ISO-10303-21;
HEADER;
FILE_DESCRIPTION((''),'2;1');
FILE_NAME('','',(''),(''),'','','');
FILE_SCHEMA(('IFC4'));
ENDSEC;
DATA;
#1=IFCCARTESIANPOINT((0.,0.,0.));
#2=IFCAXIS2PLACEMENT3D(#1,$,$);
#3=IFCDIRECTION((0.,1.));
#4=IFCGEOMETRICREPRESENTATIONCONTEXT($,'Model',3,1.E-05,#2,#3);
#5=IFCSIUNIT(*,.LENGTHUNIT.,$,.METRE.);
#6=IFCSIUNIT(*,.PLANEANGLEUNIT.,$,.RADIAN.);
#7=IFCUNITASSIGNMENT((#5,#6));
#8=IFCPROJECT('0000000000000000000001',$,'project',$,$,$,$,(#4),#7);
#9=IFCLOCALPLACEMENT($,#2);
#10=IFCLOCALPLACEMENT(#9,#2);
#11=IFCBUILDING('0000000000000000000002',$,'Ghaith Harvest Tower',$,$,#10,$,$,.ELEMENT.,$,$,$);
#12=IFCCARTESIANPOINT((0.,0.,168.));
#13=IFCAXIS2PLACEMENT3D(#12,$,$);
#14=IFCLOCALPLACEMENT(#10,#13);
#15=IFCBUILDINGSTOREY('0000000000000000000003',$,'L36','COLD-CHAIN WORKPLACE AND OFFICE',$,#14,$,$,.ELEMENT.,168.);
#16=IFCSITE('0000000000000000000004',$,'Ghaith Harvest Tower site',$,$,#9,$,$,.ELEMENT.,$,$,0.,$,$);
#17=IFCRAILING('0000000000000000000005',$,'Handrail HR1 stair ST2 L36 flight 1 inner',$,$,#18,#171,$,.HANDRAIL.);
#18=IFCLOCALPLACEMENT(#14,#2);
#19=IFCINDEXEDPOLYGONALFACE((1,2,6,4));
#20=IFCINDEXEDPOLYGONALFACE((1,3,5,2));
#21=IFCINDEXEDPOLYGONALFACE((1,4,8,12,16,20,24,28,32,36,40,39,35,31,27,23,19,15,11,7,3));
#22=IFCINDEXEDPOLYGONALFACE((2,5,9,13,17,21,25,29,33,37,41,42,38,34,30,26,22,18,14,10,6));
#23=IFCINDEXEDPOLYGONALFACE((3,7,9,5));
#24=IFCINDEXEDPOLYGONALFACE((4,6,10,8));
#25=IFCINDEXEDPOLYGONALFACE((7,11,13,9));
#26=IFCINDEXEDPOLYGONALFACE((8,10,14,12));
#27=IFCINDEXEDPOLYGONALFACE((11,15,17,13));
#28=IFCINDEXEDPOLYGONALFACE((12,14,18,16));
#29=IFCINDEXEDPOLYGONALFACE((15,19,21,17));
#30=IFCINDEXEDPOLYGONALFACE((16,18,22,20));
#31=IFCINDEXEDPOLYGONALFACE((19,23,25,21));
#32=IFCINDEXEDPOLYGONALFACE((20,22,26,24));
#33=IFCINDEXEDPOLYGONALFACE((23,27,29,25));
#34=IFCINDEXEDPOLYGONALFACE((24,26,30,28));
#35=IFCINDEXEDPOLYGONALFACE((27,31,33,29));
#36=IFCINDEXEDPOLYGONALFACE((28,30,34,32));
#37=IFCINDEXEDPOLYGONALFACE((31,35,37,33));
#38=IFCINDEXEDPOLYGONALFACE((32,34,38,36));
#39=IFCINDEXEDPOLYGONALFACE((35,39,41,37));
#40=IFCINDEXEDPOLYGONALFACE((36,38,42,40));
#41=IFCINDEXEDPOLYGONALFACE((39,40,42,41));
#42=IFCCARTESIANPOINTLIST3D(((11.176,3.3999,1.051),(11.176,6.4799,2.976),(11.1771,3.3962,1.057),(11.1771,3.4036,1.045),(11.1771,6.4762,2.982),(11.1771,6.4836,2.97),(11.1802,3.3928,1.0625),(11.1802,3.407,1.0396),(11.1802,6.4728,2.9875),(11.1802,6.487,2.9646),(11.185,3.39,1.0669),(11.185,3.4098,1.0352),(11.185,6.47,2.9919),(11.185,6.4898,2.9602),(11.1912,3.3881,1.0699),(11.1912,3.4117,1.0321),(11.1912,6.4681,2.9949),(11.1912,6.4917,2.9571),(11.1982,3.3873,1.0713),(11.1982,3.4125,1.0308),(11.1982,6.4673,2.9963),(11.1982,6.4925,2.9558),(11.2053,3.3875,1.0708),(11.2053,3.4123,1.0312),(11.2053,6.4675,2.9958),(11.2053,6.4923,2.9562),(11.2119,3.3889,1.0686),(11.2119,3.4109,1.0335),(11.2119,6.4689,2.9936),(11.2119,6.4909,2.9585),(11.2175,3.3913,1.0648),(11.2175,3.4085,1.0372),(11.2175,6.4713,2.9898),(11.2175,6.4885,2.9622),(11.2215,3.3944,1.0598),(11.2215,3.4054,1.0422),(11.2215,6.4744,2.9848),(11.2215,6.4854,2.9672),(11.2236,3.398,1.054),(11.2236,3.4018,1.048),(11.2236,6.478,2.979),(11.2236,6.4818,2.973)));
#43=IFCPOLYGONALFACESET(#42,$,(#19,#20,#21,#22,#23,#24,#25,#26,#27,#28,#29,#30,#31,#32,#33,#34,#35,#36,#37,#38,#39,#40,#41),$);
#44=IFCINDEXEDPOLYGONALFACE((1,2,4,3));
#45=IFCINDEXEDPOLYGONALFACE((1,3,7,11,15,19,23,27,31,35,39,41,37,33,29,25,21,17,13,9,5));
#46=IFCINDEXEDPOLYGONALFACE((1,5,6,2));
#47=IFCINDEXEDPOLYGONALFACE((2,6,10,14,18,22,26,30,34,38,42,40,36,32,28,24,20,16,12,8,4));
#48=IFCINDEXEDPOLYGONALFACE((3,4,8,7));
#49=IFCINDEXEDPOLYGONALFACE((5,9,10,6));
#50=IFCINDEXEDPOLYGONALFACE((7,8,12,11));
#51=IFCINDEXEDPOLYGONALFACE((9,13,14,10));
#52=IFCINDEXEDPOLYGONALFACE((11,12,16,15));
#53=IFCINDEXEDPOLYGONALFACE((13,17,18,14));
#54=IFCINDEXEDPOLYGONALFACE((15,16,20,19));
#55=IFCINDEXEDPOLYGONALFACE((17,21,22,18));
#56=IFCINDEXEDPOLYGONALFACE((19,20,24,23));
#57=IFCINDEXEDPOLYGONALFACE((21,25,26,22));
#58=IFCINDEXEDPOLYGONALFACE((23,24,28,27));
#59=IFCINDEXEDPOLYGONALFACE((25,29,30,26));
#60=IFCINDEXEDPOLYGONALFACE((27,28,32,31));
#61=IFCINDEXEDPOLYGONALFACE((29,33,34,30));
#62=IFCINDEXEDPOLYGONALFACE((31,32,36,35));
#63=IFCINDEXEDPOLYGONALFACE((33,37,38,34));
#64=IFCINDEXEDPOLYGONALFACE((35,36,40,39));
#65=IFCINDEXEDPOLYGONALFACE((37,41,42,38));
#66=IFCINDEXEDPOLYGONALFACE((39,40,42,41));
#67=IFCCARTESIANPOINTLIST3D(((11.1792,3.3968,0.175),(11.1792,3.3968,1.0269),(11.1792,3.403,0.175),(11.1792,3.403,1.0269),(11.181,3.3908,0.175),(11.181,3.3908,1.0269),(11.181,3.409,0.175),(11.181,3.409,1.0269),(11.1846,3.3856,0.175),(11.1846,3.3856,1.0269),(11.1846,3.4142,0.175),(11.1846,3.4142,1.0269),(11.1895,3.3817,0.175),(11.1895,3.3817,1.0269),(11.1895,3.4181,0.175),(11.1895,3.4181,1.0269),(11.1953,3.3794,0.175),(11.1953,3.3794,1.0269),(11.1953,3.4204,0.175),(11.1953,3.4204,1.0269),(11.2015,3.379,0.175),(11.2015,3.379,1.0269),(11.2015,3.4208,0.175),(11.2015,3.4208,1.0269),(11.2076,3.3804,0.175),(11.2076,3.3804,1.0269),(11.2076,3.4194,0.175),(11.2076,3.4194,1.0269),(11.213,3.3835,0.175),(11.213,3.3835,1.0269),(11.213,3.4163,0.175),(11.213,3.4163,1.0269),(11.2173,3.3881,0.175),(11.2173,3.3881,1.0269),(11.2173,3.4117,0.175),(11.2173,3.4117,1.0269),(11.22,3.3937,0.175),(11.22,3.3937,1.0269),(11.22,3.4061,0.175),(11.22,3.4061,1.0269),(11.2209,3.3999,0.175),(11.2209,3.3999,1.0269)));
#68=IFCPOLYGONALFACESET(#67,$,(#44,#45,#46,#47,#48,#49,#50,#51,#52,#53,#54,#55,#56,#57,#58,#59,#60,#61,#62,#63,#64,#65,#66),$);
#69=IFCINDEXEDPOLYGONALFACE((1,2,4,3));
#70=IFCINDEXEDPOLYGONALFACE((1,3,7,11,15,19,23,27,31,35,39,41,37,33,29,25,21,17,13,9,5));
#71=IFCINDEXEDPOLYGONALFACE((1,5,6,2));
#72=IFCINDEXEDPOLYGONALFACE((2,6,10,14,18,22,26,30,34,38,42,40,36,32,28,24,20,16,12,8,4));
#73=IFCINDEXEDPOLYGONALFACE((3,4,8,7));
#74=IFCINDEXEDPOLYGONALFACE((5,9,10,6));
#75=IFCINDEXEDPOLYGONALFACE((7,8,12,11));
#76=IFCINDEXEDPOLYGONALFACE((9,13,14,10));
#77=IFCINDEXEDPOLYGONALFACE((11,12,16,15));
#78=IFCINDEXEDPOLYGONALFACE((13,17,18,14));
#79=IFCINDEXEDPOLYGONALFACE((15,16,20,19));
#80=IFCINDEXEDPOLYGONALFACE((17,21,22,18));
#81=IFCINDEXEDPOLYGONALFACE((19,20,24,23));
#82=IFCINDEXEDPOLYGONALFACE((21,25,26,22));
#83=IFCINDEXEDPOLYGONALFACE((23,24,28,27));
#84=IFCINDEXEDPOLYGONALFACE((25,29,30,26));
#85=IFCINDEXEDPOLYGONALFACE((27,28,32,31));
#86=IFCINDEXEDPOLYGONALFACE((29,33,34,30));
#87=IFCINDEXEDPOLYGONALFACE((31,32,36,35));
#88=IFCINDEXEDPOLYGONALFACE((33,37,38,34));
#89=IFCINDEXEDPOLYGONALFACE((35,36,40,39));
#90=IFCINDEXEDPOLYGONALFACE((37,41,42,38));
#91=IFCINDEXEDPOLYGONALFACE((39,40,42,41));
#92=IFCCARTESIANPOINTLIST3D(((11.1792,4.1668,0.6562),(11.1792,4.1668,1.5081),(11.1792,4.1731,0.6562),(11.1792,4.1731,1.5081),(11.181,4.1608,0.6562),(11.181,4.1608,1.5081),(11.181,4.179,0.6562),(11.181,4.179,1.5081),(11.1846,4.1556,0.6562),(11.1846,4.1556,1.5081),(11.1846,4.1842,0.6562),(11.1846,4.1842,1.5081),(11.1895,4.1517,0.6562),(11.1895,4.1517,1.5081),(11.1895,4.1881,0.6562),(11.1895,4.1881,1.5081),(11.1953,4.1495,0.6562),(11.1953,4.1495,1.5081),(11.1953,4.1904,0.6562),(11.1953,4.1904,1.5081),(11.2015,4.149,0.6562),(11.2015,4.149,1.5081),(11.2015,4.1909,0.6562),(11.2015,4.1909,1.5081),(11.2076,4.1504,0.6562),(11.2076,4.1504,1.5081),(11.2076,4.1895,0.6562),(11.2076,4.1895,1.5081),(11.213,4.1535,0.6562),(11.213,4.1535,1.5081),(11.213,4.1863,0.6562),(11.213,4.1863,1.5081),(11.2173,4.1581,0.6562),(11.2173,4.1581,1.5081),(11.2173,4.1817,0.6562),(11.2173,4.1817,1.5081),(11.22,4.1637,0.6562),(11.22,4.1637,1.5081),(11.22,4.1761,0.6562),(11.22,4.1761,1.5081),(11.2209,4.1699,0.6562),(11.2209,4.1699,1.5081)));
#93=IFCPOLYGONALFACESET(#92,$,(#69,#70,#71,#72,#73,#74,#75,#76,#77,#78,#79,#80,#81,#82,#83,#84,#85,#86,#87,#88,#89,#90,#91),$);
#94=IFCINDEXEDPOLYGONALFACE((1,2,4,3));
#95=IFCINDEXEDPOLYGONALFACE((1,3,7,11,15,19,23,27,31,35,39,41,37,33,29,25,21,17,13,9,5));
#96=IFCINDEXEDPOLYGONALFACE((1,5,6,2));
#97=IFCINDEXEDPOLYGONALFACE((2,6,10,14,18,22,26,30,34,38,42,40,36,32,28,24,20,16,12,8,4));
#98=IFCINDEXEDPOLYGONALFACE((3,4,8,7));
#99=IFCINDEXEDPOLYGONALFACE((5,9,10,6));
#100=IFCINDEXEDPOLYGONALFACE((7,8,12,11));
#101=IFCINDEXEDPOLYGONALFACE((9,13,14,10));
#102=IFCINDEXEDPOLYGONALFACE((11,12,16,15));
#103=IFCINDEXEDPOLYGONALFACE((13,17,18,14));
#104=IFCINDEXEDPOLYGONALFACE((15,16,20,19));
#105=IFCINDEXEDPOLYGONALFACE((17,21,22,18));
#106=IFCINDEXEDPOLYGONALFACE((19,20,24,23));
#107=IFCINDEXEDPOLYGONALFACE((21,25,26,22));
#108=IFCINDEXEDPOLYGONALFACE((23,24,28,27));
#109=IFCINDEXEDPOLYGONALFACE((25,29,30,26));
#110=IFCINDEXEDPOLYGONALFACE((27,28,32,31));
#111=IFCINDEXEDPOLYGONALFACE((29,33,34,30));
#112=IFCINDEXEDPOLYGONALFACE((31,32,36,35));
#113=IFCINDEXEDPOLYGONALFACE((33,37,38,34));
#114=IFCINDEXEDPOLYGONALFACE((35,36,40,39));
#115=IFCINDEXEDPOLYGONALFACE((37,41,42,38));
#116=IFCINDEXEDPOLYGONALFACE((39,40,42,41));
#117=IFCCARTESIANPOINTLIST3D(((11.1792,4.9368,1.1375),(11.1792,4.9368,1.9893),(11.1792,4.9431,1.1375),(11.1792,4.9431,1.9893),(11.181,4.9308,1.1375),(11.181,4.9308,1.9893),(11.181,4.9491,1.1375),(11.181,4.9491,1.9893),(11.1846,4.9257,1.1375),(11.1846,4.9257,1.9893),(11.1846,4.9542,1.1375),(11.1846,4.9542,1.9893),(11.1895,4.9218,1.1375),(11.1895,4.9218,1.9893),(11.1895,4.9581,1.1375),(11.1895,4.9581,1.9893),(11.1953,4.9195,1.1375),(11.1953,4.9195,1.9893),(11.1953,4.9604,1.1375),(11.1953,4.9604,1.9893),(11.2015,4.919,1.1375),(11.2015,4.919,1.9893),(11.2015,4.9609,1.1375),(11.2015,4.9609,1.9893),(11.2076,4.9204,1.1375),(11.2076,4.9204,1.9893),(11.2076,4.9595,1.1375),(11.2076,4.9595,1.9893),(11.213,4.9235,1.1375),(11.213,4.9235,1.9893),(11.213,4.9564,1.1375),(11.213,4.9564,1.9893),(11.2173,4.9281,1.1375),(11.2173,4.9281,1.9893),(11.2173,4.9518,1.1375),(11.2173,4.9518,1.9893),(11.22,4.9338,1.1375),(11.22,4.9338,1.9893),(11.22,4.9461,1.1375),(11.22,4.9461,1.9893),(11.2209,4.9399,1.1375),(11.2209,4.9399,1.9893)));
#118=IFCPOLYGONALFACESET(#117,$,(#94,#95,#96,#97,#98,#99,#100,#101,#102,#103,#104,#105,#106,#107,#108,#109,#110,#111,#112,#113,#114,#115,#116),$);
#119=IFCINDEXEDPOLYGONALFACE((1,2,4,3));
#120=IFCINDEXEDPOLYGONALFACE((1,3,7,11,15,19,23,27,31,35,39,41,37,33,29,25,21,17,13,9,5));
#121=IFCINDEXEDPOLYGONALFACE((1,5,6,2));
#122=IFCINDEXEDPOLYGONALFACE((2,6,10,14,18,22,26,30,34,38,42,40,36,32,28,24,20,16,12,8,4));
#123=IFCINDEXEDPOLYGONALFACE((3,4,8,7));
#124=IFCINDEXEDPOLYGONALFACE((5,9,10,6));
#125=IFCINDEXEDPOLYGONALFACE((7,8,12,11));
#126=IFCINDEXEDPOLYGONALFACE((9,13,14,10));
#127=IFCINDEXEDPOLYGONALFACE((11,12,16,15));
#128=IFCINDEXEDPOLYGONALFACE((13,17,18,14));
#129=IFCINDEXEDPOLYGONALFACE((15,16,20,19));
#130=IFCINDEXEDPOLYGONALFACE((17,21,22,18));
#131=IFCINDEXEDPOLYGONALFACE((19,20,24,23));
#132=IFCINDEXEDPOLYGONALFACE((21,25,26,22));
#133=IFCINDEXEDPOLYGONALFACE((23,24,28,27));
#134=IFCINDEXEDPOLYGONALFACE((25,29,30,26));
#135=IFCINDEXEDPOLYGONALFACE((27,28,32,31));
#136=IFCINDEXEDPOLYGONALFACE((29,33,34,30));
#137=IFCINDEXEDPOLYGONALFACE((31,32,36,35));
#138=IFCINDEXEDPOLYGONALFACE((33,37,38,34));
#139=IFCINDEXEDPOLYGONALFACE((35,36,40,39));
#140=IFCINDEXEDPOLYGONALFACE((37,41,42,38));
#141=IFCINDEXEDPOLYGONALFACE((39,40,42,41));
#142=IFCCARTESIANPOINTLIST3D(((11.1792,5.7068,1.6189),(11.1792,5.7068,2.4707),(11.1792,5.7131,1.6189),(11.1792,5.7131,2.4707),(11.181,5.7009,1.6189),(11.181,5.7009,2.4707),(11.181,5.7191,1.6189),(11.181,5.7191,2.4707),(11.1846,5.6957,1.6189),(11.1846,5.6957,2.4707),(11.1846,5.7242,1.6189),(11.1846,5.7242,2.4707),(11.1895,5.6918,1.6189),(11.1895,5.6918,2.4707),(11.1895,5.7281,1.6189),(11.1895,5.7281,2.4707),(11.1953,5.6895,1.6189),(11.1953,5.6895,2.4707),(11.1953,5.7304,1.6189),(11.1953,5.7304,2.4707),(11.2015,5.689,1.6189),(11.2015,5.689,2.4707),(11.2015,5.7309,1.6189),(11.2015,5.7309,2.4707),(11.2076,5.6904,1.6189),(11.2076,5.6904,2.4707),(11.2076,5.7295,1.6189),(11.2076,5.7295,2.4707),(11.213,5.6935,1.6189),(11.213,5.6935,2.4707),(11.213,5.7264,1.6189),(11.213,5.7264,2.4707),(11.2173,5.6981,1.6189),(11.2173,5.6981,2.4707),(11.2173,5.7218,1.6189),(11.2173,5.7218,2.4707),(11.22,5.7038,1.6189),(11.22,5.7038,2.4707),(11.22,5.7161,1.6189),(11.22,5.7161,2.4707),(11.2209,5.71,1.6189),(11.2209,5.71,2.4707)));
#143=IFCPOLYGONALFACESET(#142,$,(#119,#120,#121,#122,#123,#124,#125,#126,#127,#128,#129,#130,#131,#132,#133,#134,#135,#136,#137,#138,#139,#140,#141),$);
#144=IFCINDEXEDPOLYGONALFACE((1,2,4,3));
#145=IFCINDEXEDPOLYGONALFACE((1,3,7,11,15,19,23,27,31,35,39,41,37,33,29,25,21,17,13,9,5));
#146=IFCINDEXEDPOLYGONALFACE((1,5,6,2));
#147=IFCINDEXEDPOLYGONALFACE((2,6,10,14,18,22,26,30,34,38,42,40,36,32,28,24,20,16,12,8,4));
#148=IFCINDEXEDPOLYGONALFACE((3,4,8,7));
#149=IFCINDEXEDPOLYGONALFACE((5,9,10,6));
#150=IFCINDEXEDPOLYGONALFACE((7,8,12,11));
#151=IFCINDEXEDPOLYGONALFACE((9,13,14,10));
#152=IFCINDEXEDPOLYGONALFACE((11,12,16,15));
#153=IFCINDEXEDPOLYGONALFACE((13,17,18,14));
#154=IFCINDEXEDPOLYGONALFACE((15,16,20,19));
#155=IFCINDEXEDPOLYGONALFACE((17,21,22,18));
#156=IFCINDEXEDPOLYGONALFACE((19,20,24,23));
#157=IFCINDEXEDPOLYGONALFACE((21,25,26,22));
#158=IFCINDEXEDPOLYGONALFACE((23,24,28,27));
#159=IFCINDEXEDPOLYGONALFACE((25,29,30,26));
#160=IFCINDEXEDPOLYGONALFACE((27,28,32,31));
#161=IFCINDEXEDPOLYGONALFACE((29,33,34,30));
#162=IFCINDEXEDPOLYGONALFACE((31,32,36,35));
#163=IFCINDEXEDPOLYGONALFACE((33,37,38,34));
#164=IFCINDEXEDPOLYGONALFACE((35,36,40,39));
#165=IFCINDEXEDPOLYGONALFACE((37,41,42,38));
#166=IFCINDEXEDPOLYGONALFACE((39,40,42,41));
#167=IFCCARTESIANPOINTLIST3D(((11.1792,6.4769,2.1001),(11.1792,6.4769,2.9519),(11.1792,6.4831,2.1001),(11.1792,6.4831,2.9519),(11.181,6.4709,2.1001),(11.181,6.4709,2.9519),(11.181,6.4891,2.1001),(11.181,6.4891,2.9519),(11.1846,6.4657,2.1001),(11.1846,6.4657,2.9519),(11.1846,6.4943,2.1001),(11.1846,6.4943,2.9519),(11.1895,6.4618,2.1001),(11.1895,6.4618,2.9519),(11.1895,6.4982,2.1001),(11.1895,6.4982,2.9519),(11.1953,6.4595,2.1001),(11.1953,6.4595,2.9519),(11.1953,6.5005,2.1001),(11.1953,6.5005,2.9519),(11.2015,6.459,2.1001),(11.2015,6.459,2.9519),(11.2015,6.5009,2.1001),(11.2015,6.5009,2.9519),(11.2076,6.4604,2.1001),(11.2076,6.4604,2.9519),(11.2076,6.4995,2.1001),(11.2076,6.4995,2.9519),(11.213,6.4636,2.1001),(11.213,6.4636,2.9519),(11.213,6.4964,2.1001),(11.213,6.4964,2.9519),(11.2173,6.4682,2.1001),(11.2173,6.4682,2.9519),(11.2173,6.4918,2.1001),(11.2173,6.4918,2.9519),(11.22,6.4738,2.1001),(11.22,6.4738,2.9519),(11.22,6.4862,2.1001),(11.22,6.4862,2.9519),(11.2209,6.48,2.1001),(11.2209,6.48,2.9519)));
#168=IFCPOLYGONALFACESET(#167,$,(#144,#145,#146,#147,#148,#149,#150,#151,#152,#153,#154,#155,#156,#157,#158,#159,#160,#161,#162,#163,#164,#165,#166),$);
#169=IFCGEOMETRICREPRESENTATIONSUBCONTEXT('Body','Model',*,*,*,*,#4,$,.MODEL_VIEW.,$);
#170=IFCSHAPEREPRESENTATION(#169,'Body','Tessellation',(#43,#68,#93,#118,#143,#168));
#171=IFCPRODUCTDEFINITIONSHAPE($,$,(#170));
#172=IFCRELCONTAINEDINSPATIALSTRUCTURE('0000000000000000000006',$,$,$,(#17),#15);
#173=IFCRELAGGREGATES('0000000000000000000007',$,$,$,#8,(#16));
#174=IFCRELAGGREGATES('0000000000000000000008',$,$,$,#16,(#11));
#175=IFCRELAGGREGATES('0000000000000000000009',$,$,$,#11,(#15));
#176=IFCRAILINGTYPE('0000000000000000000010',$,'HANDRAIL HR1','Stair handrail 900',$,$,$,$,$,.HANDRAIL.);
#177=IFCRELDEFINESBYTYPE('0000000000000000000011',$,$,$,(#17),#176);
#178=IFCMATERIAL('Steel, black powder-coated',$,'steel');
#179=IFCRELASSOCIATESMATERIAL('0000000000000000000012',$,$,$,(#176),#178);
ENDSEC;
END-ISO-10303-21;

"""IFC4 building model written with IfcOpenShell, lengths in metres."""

from ifc_helpers import new_model, si_unit, direction, frame, origin, origin_2d, place, context, subcontext, project, spatial, circle, extrude, material, type_object, element, save


model = new_model("IFC4")

# Units and contexts
model_context = context("Model", 3, precision=1e-05, world=origin(), true_north=direction((0.0, 1.0)))
body_context = subcontext(model_context, "Body", "Model", "MODEL_VIEW")
ifc_project = project(units=[si_unit("LENGTHUNIT", "METRE"), si_unit("PLANEANGLEUNIT", "RADIAN")], contexts=[model_context])

# Site, building, storey
site_placement = place(None, origin())
site = spatial("IfcSite", under=ifc_project, at=site_placement, Name="Ghaith Harvest Tower site", CompositionType="ELEMENT", RefElevation=0.0)
building_placement = place(site_placement, origin())
building = spatial("IfcBuilding", under=site, at=building_placement, Name="Ghaith Harvest Tower", CompositionType="ELEMENT")
storey_placement = place(building_placement, frame((0.0, 0.0, 168.0)))
storey = spatial("IfcBuildingStorey", under=building, at=storey_placement, Name="L36", Description="COLD-CHAIN WORKPLACE AND OFFICE", CompositionType="ELEMENT", Elevation=168.0)

# Railing
ifc_material_1 = material(Name="Steel, black powder-coated", Category="steel")
railing_type = type_object("IfcRailingType", Name="HANDRAIL HR1", Description="Stair handrail 900", PredefinedType="HANDRAIL", material=ifc_material_1)
railing_1_placement = place(storey_placement, frame((11.2, 3.3999, 0.175)))
element("IfcRailing", 1, at=railing_1_placement, inside=storey, type_object=railing_type, Name="Handrail HR1 stair ST2 L36 flight 1 inner", PredefinedType="HANDRAIL", context=body_context, shape_type="SweptSolid", body=[
    extrude(circle(Radius=0.0239, at=origin_2d()), frame((0.0, 0.0, 0.876), z_axis=(0.0, 0.847998, 0.529999), x_axis=(-1.0, 0.0, 0.0)), (0.0, 0.0, 1.0), 3.6321),
    extrude(circle(Radius=0.021, at=origin_2d()), origin(), (0.0, 0.0, 1.0), 0.8518),
    extrude(circle(Radius=0.021, at=origin_2d()), frame((0.0, 0.77, 0.4812)), (0.0, 0.0, 1.0), 0.8518),
    extrude(circle(Radius=0.021, at=origin_2d()), frame((0.0, 1.54, 0.9624)), (0.0, 0.0, 1.0), 0.8518),
    extrude(circle(Radius=0.021, at=origin_2d()), frame((0.0, 2.3101, 1.4438)), (0.0, 0.0, 1.0), 0.8518),
    extrude(circle(Radius=0.021, at=origin_2d()), frame((0.0, 3.0801, 1.925)), (0.0, 0.0, 1.0), 0.8518),
])

save(model, "model.ifc")
